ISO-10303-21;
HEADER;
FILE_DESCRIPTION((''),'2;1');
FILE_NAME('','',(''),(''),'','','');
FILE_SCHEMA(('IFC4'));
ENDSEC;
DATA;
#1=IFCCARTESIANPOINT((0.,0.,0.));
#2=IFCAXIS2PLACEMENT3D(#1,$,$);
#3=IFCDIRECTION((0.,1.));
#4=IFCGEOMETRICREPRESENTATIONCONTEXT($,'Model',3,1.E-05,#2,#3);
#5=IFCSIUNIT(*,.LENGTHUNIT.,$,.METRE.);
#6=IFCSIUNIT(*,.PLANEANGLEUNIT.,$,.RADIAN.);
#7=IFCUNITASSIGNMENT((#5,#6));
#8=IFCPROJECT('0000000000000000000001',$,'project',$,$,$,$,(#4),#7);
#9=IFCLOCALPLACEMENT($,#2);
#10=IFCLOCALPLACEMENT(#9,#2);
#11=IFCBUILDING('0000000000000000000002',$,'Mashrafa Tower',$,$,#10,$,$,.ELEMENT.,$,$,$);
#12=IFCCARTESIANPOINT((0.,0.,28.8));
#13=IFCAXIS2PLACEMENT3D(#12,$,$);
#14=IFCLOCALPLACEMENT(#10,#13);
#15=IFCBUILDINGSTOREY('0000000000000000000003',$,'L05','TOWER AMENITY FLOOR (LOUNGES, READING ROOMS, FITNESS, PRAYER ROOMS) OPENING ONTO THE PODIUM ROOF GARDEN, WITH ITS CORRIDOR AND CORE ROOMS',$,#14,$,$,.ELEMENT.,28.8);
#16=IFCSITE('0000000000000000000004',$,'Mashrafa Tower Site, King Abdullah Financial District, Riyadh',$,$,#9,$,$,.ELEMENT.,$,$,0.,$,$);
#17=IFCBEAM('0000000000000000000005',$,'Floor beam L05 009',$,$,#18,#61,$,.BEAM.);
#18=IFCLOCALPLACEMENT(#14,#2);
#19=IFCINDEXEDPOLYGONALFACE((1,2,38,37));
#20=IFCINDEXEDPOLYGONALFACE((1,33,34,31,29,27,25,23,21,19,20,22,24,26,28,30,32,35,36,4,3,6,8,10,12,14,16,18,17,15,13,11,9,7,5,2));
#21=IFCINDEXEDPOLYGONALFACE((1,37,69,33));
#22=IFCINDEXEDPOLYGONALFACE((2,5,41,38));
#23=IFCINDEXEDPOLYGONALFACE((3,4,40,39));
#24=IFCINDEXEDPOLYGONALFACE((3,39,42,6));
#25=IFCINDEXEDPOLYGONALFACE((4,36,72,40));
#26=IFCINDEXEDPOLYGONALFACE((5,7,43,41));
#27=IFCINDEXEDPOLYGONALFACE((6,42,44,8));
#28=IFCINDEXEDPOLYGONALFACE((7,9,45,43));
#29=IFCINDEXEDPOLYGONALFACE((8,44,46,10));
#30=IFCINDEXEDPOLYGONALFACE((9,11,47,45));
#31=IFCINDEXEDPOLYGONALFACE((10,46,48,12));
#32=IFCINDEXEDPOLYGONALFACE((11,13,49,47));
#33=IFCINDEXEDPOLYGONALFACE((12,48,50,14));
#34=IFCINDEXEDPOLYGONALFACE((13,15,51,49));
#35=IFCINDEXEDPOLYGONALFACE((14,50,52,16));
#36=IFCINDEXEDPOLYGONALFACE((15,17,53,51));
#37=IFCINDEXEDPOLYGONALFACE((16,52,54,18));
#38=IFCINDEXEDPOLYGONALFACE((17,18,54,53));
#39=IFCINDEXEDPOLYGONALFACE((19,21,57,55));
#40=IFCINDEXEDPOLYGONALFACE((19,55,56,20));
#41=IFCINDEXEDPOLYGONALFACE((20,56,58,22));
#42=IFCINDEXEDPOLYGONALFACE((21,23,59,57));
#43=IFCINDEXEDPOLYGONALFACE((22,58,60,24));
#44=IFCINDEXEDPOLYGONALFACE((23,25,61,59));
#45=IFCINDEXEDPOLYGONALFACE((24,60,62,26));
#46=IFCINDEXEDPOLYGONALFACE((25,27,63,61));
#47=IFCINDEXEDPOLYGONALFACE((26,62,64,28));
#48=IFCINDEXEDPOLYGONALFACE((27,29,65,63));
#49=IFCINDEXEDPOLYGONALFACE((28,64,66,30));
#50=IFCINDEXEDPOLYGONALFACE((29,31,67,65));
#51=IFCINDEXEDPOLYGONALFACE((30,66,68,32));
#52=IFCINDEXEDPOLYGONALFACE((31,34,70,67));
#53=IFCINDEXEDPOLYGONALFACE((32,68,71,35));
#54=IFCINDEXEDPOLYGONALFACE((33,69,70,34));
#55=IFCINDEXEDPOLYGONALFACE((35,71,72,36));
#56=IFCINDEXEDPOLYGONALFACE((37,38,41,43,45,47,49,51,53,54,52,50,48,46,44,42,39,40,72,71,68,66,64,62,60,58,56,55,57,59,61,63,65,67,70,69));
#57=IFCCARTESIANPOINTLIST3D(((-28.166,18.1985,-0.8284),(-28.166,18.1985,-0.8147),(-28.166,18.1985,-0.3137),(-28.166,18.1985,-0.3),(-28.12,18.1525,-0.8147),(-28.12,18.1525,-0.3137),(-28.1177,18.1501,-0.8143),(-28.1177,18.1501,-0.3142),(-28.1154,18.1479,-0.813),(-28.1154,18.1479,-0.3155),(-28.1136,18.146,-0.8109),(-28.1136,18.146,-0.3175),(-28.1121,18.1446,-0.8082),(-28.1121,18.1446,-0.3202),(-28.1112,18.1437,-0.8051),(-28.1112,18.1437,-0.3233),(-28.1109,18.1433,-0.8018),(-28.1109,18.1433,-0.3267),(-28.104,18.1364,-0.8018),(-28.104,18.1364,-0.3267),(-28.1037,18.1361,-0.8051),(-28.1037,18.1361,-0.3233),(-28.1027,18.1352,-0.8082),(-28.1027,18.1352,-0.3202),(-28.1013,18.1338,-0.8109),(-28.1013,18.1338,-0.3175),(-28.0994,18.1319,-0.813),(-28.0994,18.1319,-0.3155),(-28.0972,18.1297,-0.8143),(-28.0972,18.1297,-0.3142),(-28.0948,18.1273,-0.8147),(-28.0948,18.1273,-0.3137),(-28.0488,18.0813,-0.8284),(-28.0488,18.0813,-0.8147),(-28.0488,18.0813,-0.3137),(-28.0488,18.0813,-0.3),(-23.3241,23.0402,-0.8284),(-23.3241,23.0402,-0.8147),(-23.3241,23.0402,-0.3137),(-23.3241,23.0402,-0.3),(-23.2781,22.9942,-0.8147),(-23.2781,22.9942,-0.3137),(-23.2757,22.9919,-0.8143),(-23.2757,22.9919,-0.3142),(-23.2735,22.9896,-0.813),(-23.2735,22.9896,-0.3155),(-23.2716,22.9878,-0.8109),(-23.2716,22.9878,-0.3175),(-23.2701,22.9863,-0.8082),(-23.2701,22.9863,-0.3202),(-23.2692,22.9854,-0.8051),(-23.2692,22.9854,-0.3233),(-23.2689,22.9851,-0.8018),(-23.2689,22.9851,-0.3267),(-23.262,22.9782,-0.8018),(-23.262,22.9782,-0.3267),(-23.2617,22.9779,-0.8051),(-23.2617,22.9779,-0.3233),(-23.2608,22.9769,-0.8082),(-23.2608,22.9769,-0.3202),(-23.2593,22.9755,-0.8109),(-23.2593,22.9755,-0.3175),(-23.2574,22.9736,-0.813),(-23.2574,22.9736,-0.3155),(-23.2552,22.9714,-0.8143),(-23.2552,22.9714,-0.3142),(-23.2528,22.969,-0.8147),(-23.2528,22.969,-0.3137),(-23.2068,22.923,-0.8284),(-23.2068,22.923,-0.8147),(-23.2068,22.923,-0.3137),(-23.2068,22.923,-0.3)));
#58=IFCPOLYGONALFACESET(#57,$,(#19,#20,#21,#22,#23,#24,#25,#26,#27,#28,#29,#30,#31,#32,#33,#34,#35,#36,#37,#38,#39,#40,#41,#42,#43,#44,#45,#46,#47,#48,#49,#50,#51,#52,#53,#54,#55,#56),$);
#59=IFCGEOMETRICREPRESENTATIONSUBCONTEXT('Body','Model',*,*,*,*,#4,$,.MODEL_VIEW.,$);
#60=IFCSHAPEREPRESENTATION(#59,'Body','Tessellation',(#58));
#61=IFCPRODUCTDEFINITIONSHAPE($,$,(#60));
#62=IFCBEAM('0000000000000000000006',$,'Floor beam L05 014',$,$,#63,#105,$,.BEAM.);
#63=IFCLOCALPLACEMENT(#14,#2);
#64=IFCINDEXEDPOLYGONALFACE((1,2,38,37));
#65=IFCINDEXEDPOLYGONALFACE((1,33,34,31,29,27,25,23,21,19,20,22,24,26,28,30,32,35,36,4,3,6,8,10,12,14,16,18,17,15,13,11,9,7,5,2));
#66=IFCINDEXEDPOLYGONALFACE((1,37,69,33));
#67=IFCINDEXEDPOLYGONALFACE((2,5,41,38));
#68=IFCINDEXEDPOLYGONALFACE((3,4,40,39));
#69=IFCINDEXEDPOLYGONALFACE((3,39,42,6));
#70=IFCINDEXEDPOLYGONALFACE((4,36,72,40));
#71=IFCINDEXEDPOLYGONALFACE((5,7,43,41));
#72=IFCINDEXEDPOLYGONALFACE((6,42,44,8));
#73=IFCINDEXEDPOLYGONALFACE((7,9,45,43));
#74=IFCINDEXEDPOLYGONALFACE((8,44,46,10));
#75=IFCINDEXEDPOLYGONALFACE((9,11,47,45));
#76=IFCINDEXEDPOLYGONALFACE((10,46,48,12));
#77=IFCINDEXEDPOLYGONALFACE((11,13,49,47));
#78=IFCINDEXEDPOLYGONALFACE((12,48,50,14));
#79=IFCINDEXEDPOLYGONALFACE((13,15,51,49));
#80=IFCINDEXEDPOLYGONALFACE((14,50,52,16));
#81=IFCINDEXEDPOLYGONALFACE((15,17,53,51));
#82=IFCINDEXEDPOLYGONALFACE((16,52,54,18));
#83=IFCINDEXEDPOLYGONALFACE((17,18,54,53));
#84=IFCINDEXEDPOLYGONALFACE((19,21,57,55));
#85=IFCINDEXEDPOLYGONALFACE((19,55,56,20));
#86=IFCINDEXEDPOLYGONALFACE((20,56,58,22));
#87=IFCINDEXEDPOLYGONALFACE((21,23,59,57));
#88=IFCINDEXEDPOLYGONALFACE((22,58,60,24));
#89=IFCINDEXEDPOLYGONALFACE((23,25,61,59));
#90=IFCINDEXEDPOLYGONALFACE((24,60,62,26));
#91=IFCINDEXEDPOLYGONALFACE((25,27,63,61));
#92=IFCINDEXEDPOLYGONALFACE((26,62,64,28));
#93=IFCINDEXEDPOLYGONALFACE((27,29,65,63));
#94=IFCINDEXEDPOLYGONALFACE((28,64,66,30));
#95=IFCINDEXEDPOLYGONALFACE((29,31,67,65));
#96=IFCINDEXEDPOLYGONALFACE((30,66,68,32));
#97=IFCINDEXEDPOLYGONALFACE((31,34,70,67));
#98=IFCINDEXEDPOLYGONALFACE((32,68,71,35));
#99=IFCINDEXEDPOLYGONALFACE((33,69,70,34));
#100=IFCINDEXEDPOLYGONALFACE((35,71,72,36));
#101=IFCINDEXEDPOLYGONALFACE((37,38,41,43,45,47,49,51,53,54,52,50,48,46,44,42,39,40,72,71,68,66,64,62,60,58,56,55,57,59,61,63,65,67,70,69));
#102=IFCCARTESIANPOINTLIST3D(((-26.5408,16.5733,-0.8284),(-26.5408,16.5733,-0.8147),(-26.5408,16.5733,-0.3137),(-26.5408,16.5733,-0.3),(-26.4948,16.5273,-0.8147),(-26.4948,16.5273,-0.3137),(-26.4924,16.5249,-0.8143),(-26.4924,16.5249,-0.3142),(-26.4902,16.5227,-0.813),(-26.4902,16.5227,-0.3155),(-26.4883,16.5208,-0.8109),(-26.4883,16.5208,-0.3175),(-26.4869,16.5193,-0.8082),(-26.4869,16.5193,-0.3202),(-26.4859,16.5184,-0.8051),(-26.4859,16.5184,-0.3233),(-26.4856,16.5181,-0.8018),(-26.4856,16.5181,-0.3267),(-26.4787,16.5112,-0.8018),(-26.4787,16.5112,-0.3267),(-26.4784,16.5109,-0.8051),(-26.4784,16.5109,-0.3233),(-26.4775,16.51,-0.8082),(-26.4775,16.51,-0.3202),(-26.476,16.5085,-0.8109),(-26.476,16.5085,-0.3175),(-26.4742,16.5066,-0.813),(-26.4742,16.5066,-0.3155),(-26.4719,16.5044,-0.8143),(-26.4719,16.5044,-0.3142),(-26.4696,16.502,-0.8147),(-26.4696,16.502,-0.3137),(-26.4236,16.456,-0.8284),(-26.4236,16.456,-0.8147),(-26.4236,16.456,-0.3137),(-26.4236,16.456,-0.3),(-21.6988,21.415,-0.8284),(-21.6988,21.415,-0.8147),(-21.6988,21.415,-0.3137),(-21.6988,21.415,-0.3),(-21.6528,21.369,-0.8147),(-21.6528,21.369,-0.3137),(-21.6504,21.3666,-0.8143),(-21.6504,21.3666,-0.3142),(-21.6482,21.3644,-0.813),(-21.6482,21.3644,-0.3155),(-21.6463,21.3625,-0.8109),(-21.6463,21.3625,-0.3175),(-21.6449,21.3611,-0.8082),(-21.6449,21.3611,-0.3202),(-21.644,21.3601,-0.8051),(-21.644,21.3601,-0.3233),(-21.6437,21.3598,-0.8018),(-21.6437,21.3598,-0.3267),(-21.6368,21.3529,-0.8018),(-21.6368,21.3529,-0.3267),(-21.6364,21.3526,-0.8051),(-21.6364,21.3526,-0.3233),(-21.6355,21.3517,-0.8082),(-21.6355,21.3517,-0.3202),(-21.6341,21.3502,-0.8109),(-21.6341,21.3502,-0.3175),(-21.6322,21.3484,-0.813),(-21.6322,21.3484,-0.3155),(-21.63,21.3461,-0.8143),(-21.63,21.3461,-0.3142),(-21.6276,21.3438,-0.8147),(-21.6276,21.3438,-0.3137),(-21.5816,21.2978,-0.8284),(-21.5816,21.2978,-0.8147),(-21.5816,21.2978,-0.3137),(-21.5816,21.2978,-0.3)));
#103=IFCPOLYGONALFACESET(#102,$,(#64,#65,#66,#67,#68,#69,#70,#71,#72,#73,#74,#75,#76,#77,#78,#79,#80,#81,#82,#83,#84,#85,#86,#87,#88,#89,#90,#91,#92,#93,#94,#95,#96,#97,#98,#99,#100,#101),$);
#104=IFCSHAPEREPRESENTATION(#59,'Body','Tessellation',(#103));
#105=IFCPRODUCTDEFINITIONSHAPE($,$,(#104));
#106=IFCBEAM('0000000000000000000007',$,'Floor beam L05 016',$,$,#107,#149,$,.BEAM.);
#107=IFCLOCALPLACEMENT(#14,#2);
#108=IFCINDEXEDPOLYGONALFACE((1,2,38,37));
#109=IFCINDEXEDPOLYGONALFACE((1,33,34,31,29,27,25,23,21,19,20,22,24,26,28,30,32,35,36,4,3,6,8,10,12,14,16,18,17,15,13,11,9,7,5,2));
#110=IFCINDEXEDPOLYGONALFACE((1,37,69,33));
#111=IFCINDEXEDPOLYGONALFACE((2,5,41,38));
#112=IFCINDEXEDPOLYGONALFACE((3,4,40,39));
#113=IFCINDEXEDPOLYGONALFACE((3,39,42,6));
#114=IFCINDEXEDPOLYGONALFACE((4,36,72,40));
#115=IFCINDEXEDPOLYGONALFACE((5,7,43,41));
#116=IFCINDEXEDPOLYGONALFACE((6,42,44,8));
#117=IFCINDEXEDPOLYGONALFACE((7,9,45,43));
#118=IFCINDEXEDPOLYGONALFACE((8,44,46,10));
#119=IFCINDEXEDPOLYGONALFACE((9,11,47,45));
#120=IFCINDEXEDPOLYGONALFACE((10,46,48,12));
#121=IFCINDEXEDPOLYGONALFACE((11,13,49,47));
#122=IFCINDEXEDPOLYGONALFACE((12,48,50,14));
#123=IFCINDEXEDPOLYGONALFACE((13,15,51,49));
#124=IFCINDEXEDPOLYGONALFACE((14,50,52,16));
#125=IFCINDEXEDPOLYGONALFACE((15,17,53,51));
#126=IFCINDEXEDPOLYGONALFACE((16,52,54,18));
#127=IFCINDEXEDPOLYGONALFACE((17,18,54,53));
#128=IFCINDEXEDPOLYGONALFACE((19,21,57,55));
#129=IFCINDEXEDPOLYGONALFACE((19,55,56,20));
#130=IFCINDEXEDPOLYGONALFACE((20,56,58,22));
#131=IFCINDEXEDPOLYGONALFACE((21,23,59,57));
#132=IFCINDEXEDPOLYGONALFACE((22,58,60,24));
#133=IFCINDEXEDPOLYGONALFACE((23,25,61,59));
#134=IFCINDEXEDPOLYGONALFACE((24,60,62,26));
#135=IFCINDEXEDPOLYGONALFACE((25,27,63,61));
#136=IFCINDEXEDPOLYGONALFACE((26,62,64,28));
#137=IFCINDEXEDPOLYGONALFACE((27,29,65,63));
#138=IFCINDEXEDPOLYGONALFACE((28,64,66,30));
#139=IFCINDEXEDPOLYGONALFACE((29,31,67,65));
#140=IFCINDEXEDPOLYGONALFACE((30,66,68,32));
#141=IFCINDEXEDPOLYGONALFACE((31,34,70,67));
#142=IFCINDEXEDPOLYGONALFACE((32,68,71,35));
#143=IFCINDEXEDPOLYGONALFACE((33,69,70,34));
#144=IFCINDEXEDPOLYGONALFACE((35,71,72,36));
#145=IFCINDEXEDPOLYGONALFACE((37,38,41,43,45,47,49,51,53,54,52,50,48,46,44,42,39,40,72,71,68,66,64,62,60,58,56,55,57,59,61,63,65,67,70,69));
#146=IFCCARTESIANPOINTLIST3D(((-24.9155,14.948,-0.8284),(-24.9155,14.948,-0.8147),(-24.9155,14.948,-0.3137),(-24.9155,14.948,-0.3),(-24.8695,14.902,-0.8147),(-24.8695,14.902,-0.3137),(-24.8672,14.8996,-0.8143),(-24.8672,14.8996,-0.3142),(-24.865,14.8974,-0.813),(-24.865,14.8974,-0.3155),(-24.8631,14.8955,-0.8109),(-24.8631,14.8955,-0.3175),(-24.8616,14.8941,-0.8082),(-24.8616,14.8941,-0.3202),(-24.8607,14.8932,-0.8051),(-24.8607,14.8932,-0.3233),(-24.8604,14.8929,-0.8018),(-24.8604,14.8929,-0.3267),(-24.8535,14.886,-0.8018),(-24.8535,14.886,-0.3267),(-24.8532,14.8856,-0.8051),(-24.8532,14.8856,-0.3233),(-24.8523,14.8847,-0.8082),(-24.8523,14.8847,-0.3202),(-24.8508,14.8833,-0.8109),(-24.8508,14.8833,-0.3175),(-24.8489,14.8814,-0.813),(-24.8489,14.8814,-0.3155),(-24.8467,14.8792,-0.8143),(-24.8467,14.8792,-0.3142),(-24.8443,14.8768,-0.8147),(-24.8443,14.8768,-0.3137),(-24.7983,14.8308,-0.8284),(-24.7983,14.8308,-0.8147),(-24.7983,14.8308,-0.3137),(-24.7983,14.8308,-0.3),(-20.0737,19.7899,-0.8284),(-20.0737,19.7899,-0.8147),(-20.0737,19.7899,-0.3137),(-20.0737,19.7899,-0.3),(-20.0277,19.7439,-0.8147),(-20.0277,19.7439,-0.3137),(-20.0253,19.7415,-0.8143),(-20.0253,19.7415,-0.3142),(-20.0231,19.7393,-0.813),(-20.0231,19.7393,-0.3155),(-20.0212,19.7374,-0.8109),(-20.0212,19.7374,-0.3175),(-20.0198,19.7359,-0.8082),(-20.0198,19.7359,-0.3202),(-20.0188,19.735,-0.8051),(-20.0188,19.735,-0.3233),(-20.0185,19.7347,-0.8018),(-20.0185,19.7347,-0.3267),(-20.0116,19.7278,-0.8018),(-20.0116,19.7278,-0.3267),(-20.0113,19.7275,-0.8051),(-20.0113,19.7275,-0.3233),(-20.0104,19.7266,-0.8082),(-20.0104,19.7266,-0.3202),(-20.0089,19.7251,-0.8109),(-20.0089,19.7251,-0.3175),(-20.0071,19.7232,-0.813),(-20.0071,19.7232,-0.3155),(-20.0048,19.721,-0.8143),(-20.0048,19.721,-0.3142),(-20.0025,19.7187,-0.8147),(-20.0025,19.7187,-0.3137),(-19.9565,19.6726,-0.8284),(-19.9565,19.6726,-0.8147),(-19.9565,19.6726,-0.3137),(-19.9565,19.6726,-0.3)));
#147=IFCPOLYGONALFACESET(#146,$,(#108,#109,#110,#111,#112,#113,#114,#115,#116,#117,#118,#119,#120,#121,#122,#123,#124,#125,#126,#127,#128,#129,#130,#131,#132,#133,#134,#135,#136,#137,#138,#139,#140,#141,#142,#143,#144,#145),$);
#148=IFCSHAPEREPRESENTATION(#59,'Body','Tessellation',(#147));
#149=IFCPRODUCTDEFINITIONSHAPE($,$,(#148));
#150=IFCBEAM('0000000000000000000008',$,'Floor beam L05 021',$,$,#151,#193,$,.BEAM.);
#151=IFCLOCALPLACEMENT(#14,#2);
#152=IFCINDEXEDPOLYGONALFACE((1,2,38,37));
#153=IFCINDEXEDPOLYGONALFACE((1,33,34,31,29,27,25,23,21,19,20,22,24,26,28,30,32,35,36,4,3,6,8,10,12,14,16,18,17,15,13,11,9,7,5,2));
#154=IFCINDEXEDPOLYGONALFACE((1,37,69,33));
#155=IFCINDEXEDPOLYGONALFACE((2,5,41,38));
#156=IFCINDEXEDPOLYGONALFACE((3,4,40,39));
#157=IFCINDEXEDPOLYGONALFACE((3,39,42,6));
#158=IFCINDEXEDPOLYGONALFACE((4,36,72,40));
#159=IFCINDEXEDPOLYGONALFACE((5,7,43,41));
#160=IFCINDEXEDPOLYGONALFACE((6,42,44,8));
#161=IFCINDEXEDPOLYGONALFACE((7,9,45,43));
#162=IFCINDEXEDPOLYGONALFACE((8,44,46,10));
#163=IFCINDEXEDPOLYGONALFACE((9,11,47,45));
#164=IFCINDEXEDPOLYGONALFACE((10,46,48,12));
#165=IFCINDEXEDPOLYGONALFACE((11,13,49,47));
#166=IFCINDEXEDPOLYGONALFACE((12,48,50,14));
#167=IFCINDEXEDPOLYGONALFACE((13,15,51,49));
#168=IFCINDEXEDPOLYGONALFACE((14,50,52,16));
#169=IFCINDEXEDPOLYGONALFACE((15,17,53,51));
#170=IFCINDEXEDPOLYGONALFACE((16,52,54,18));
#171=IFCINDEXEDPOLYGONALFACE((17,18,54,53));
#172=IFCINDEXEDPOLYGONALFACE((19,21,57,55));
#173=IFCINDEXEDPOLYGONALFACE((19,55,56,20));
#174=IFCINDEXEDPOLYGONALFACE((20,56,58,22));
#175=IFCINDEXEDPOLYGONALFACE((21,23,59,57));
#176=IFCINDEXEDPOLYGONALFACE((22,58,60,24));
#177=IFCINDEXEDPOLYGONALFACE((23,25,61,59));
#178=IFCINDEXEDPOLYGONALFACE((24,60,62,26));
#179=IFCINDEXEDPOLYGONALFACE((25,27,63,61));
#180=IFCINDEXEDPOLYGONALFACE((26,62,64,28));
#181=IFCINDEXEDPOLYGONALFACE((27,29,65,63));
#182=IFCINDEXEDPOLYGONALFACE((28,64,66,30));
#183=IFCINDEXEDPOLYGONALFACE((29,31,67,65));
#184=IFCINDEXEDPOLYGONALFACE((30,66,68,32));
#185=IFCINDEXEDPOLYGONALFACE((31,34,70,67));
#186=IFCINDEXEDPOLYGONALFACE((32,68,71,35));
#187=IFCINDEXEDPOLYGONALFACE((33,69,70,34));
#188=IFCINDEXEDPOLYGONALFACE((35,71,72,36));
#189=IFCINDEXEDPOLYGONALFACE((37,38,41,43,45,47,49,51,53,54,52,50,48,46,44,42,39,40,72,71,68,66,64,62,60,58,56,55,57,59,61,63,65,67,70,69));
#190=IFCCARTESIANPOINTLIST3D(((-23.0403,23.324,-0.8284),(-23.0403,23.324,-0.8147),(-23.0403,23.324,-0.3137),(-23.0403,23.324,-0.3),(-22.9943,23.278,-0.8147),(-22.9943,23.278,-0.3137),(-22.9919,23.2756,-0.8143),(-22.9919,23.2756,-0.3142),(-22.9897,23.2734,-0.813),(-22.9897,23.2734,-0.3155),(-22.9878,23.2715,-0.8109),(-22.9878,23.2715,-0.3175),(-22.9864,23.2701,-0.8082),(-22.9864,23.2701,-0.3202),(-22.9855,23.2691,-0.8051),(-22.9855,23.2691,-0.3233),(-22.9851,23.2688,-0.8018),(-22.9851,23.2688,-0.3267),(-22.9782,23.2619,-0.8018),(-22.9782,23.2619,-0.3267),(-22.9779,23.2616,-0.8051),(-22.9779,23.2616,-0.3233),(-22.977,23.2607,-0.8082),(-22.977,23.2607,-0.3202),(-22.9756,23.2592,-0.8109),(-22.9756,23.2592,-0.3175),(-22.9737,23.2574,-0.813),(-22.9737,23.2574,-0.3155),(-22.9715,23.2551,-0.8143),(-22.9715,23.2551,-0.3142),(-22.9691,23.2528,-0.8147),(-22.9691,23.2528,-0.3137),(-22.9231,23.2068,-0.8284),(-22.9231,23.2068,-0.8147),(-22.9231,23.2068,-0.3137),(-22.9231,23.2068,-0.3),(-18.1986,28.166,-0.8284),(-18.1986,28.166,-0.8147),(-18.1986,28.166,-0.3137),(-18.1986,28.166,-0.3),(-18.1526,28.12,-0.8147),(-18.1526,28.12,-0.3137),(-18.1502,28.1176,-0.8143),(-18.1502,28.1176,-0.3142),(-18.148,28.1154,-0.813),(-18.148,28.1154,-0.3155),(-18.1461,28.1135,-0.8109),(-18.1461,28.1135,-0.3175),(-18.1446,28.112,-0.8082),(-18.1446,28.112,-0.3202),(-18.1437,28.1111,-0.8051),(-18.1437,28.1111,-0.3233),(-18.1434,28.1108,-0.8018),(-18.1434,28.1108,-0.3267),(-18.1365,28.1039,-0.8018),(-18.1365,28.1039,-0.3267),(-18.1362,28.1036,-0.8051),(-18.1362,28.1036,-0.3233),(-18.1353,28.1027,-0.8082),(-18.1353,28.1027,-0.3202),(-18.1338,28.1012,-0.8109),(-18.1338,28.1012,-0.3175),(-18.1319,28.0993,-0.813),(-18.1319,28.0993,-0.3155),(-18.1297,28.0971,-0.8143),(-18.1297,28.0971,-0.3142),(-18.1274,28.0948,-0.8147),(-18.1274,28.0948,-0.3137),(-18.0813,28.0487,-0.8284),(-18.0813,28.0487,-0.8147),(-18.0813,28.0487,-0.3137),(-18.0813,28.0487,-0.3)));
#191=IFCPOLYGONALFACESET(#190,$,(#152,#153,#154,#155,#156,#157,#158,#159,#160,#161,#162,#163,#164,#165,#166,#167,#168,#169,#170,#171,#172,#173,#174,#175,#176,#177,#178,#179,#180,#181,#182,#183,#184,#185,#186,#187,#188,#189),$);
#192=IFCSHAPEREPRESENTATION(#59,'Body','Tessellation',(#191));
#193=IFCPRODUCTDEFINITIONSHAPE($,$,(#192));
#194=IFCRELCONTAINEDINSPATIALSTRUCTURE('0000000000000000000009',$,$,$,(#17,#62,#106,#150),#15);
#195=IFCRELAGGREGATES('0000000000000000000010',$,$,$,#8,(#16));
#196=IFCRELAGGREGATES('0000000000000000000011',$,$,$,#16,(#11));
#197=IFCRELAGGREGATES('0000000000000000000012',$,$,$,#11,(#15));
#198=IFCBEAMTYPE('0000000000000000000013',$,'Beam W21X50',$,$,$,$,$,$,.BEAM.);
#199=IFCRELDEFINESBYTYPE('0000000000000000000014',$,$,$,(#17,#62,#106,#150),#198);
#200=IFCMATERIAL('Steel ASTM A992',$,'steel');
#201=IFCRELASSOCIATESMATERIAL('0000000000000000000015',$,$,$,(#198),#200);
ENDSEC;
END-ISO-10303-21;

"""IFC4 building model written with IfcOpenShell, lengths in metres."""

from ifc_helpers import new_model, si_unit, direction, frame, origin, origin_2d, place, context, subcontext, project, spatial, i_section, extrude, material, material_profile, profile_set, type_object, element, save


model = new_model("IFC4")

# Units and contexts
model_context = context("Model", 3, precision=1e-05, world=origin(), true_north=direction((0.0, 1.0)))
body_context = subcontext(model_context, "Body", "Model", "MODEL_VIEW")
ifc_project = project(units=[si_unit("LENGTHUNIT", "METRE"), si_unit("PLANEANGLEUNIT", "RADIAN")], contexts=[model_context])

# Site, building, storey
site_placement = place(None, origin())
site = spatial("IfcSite", under=ifc_project, at=site_placement, Name="Mashrafa Tower Site, King Abdullah Financial District, Riyadh", CompositionType="ELEMENT", RefElevation=0.0)
building_placement = place(site_placement, origin())
building = spatial("IfcBuilding", under=site, at=building_placement, Name="Mashrafa Tower", CompositionType="ELEMENT")
storey_placement = place(building_placement, frame((0.0, 0.0, 28.8)))
storey = spatial("IfcBuildingStorey", under=building, at=storey_placement, Name="L05", Description="TOWER AMENITY FLOOR (LOUNGES, READING ROOMS, FITNESS, PRAYER ROOMS) OPENING ONTO THE PODIUM ROOF GARDEN, WITH ITS CORRIDOR AND CORE ROOMS", CompositionType="ELEMENT", Elevation=28.8)

# Beams
ifc_material_1 = material(Name="Steel ASTM A992", Category="steel")
ifc_material_profile_1 = material_profile(ifc_material_1, i_section(OverallWidth=0.1658, OverallDepth=0.5283, WebThickness=0.0098, FlangeThickness=0.0137, FilletRadius=0.0129, at=origin_2d()), Name="W21X50")
ifc_profile_set_1 = profile_set([ifc_material_profile_1], Name="Steel ASTM A992")
beam_type_1 = type_object("IfcBeamType", Name="Beam W21X50", PredefinedType="BEAM", material=ifc_profile_set_1)
for number, where, z_axis, x_axis, name in (
    (1, (-28.1074, 18.1399, -0.5642), (0.707125, 0.707089, 0.0), (-0.707089, 0.707125, 0.0), "Floor beam L05 009"),
    (2, (-26.4822, 16.5146, -0.5642), (0.707125, 0.707089, 0.0), (-0.707089, 0.707125, 0.0), "Floor beam L05 014"),
    (3, (-24.8569, 14.8894, -0.5642), (0.707107, 0.707107, 0.0), (-0.707107, 0.707107, 0.0), "Floor beam L05 016"),
    (4, (-22.9817, 23.2654, -0.5642), (0.707089, 0.707125, 0.0), (-0.707125, 0.707089, 0.0), "Floor beam L05 021"),
):
    element("IfcBeam", number, at=place(storey_placement, frame(where, z_axis=z_axis, x_axis=x_axis)), inside=storey, type_object=beam_type_1, Name=name, PredefinedType="BEAM", context=body_context, shape_type="SweptSolid", body=[
        extrude(i_section(OverallWidth=0.1658, OverallDepth=0.5283, WebThickness=0.0098, FlangeThickness=0.0137, FilletRadius=0.0129, at=origin_2d()), origin(), (0.0, 0.0, 1.0), 6.8474),
    ])

save(model, "model.ifc")
